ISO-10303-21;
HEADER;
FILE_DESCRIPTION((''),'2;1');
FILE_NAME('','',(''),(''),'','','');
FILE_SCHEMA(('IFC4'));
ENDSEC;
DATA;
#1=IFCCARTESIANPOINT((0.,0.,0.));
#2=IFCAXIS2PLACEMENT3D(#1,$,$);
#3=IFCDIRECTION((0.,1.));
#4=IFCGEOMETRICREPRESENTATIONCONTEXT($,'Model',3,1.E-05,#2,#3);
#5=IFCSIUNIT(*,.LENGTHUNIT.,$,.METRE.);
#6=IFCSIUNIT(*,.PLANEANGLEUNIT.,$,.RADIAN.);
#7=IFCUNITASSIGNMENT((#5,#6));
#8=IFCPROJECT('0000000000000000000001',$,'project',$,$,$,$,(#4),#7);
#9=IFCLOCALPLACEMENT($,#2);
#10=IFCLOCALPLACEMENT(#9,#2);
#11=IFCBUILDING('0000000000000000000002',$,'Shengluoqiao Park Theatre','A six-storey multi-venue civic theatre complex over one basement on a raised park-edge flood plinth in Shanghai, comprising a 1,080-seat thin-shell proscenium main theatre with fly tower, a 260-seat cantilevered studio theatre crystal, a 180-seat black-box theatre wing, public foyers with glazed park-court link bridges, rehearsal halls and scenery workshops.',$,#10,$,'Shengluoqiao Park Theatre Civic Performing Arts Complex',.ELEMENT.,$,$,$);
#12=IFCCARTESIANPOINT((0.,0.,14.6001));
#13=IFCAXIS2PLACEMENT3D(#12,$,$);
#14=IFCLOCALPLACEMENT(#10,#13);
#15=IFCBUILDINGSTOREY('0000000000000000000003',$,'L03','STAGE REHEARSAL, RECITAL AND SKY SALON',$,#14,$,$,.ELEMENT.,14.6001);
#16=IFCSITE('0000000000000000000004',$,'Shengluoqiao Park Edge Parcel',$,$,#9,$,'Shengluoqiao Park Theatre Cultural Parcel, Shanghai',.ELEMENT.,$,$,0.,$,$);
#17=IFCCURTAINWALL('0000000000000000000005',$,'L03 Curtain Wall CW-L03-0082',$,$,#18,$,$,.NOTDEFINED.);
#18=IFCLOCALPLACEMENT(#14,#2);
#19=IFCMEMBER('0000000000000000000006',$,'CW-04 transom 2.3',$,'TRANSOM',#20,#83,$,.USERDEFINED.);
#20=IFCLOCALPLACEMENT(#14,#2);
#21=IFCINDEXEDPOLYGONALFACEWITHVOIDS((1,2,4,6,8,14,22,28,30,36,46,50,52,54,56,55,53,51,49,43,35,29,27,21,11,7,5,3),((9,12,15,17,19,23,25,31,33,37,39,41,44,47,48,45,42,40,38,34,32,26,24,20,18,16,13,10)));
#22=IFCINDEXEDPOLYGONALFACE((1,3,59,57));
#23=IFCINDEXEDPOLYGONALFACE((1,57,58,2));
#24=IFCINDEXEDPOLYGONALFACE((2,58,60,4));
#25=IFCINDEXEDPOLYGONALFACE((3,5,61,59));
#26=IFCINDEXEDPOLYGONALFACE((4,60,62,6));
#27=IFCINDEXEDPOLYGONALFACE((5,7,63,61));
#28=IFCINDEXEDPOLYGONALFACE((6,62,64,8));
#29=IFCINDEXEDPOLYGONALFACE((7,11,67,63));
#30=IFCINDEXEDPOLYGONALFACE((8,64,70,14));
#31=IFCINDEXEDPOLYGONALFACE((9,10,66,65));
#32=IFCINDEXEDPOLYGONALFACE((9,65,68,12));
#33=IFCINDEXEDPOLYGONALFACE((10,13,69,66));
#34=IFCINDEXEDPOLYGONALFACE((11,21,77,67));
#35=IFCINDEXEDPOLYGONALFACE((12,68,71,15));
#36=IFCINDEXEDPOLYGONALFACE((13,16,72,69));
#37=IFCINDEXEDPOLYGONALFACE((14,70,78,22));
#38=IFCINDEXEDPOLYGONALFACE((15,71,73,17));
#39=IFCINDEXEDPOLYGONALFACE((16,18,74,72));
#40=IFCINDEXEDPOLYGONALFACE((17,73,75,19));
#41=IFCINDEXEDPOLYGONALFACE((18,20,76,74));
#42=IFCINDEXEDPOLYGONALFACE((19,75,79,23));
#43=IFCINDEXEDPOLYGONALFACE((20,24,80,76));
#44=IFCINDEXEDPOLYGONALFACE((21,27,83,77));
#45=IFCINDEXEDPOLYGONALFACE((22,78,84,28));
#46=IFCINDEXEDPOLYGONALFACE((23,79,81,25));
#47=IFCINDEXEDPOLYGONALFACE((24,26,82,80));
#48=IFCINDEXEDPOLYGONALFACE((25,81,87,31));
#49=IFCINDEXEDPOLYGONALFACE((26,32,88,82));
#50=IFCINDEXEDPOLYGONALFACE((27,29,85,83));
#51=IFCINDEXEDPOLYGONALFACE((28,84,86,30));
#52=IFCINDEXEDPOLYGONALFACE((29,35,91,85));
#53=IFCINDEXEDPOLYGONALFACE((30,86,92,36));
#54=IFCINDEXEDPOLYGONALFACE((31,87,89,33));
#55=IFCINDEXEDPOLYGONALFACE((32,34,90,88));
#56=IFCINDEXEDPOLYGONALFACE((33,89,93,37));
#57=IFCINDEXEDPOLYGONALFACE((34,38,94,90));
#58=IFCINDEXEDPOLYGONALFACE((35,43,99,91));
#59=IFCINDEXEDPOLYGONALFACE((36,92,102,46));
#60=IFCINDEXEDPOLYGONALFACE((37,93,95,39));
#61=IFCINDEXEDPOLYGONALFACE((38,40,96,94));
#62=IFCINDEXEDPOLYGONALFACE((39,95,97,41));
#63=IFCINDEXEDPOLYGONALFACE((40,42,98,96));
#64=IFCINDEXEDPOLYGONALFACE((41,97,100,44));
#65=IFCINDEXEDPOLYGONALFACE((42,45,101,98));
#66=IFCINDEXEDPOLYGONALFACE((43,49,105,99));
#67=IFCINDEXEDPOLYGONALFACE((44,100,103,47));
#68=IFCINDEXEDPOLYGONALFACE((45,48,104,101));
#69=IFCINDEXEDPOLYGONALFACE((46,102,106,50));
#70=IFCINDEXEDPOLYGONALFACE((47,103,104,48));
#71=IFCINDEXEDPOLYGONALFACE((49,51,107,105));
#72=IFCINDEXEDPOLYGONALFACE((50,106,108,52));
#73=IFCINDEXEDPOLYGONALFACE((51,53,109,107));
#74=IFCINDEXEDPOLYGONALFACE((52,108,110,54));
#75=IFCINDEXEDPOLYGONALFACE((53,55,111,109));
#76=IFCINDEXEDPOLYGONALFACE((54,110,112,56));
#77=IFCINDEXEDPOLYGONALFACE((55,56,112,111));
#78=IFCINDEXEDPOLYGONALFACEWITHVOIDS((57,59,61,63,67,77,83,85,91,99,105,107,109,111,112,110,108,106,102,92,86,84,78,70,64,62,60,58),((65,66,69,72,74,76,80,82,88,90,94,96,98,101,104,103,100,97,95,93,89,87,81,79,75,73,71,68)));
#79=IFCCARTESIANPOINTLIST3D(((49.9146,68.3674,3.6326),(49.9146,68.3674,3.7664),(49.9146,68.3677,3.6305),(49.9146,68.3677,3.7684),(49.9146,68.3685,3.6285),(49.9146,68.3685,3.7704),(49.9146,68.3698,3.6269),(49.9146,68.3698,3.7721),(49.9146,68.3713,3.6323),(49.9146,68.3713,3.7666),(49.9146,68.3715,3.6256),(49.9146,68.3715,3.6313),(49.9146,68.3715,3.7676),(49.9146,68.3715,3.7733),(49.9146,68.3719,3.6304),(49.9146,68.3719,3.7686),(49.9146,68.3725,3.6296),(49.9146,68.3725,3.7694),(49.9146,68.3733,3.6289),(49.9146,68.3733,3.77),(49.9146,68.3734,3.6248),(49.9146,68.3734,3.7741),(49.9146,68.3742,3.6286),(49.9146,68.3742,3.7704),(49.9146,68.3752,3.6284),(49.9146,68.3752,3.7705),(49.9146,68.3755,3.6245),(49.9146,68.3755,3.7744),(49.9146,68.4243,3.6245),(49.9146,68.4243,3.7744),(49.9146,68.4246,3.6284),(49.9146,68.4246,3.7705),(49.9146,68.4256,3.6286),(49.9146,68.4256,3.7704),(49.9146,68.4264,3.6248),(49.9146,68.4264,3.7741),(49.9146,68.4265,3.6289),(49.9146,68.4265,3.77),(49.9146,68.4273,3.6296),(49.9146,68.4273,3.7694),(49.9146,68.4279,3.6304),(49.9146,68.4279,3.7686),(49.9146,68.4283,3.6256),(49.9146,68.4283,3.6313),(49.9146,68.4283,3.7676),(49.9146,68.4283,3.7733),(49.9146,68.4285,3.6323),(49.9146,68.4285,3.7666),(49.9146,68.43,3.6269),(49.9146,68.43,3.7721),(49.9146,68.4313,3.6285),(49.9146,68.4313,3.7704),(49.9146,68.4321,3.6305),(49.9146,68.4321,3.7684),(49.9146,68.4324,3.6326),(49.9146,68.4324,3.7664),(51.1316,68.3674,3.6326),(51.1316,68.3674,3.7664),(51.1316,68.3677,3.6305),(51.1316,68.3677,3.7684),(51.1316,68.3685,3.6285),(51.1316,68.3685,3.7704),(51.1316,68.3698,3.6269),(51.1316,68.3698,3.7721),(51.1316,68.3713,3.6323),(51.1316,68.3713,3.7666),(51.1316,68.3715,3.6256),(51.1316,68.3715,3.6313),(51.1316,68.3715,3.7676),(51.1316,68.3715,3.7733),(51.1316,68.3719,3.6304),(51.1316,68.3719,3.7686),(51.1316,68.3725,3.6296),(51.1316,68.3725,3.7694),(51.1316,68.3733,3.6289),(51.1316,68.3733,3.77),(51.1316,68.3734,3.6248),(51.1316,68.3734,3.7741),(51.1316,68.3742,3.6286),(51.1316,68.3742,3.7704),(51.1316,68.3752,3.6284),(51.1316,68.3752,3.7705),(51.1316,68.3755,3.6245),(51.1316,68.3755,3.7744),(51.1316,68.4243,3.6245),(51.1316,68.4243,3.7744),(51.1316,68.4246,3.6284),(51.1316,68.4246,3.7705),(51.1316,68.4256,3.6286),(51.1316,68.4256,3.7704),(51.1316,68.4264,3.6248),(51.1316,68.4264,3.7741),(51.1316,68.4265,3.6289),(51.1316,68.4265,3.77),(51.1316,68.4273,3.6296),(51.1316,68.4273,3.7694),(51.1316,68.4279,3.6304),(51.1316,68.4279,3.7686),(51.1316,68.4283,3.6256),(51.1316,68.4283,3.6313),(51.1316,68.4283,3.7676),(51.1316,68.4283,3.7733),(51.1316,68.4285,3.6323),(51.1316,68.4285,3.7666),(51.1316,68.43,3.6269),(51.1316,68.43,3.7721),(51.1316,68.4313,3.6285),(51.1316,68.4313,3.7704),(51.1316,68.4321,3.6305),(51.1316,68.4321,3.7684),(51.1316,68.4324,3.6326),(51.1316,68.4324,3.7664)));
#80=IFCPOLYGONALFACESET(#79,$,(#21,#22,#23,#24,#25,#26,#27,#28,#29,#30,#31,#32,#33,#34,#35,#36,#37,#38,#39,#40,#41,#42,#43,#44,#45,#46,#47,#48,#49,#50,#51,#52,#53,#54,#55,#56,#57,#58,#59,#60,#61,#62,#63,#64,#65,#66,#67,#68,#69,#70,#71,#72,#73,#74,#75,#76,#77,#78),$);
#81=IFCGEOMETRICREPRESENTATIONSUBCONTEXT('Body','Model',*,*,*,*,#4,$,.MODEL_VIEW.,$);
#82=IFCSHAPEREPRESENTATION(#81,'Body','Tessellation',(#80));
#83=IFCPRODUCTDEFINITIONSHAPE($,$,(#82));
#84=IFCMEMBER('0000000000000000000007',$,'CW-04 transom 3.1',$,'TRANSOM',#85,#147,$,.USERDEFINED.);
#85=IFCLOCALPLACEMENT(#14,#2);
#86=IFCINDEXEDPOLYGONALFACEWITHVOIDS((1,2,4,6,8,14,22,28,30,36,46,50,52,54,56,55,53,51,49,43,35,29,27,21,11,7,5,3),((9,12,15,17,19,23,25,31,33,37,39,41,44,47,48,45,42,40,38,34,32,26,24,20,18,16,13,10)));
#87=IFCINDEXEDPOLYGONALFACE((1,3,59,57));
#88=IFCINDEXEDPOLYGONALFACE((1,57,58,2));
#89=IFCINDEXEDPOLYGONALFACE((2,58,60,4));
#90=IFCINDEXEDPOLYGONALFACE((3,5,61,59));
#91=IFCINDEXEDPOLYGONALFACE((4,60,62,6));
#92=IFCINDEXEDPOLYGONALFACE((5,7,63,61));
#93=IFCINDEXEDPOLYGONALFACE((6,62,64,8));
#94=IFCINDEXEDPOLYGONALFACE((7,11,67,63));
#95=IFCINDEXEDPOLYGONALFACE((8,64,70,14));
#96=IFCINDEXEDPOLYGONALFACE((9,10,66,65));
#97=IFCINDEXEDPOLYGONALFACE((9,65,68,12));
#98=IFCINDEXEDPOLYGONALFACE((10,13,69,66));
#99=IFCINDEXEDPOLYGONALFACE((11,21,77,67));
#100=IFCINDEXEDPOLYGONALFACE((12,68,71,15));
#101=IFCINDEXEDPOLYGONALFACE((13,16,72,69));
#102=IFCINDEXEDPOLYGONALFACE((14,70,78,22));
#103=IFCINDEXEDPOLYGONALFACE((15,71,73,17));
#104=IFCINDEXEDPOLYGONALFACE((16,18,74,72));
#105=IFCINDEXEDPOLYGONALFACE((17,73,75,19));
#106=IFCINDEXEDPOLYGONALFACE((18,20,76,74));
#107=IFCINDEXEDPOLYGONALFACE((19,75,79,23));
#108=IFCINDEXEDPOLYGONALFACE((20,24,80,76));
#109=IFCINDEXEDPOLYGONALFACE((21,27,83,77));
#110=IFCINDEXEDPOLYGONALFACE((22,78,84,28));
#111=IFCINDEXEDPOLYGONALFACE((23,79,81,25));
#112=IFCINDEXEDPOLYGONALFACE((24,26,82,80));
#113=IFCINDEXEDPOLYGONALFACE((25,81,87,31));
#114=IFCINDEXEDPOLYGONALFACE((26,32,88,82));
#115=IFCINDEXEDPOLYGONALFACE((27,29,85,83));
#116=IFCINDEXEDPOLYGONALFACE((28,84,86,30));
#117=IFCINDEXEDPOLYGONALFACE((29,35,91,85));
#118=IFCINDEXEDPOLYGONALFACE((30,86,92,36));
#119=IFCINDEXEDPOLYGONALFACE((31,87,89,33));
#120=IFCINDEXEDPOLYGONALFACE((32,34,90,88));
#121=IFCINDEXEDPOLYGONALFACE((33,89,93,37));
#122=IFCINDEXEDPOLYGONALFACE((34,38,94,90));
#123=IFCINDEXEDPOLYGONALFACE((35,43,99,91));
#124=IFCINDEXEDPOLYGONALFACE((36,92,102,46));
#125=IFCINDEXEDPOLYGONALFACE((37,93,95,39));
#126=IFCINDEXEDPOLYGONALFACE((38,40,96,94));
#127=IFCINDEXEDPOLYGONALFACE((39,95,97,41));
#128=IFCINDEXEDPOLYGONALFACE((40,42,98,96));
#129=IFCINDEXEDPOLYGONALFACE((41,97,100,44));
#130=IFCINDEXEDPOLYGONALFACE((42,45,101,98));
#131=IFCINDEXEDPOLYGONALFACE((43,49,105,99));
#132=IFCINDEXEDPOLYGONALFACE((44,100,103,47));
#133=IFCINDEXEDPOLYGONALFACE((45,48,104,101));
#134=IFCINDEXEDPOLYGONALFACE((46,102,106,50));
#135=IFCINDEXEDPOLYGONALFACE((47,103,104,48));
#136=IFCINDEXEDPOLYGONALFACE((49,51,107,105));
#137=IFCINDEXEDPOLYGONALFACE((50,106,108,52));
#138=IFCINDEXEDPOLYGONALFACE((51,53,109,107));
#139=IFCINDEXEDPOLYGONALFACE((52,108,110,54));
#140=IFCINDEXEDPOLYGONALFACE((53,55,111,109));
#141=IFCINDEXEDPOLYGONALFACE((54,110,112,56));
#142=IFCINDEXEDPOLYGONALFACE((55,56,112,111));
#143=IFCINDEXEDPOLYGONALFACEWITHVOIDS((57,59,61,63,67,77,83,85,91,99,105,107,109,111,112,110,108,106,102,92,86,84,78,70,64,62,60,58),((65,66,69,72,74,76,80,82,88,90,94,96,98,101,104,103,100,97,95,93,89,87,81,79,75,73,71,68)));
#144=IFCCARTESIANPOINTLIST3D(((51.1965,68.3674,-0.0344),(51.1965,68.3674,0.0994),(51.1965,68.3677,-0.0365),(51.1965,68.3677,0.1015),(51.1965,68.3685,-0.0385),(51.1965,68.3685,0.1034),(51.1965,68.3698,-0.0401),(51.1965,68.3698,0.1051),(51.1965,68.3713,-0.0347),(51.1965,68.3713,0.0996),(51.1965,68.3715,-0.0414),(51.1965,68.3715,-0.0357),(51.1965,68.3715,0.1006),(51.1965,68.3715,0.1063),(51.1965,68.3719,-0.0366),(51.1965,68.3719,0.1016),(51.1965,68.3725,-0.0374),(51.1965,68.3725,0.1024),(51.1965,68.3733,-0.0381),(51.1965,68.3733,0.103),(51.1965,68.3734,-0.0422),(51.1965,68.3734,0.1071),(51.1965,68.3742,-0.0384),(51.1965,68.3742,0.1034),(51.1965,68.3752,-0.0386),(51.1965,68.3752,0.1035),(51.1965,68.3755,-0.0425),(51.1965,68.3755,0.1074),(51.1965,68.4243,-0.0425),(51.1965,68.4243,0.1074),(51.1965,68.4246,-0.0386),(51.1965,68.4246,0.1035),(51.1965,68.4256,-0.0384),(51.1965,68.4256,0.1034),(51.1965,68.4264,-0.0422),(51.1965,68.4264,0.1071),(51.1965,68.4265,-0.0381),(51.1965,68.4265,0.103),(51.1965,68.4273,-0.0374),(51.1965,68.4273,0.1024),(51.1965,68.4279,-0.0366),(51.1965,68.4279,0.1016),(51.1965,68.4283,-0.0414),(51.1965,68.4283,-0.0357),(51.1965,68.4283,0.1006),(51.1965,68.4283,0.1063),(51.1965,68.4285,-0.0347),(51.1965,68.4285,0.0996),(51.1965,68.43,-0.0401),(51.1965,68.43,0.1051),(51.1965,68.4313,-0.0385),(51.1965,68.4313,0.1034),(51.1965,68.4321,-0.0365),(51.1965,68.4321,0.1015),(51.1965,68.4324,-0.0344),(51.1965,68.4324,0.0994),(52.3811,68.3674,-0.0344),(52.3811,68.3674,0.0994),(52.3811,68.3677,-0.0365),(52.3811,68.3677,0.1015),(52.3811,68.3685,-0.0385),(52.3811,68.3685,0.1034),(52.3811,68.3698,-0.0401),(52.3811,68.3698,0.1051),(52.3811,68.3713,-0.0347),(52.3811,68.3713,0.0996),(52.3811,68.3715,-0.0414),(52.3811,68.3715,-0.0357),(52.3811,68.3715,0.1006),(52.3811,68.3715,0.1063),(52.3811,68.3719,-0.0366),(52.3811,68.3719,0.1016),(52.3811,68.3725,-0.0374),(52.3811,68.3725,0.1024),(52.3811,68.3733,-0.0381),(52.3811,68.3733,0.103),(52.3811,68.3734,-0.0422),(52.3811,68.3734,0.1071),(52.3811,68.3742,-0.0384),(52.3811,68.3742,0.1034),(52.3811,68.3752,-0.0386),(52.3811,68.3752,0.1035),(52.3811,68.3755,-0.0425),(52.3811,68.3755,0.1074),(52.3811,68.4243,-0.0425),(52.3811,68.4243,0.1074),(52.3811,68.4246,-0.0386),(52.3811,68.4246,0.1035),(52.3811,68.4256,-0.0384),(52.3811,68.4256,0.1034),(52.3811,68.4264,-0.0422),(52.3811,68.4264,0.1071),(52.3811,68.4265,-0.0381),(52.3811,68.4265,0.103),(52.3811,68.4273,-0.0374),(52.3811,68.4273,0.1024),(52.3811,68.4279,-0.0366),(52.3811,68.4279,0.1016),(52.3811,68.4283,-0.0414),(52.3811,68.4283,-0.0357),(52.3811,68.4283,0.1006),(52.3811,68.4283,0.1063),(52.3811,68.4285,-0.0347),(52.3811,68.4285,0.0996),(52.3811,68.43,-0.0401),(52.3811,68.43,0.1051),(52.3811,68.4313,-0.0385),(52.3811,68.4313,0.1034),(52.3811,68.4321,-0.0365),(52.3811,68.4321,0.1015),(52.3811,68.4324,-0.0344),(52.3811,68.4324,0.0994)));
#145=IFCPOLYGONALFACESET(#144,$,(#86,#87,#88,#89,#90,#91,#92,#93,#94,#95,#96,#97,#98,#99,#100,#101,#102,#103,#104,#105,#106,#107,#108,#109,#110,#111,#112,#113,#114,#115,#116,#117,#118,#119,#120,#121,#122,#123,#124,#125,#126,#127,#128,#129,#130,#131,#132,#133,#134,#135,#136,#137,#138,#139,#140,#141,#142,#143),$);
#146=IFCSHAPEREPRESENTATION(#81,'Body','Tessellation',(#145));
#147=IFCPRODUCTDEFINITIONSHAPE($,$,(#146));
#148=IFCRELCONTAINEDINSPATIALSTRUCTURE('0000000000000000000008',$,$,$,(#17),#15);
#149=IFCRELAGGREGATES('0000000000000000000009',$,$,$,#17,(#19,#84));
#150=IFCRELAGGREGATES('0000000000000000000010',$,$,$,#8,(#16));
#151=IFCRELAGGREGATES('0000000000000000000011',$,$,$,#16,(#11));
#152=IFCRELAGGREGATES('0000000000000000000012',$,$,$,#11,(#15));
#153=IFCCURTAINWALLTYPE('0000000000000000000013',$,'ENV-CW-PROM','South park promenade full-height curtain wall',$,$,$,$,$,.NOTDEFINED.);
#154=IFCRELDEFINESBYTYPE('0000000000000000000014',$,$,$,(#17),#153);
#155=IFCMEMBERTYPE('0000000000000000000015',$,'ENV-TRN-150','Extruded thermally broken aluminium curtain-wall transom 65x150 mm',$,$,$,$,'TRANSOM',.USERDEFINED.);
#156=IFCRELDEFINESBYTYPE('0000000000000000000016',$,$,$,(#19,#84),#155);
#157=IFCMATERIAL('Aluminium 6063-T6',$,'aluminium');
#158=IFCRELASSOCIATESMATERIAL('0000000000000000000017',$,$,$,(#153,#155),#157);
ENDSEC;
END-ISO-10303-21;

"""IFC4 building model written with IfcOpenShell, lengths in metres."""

from ifc_helpers import new_model, si_unit, direction, frame, origin, origin_2d, place, context, subcontext, project, spatial, hollow_rectangle, extrude, material, material_profile, profile_set, type_object, element, aggregate, save


model = new_model("IFC4")

# Units and contexts
model_context = context("Model", 3, precision=1e-05, world=origin(), true_north=direction((0.0, 1.0)))
body_context = subcontext(model_context, "Body", "Model", "MODEL_VIEW")
ifc_project = project(units=[si_unit("LENGTHUNIT", "METRE"), si_unit("PLANEANGLEUNIT", "RADIAN")], contexts=[model_context])

# Site, building, storey
site_placement = place(None, origin())
site = spatial("IfcSite", under=ifc_project, at=site_placement, Name="Shengluoqiao Park Edge Parcel", LongName="Shengluoqiao Park Theatre Cultural Parcel, Shanghai", CompositionType="ELEMENT", RefElevation=0.0)
building_placement = place(site_placement, origin())
building = spatial("IfcBuilding", under=site, at=building_placement, Name="Shengluoqiao Park Theatre", Description="A six-storey multi-venue civic theatre complex over one basement on a raised park-edge flood plinth in Shanghai, comprising a 1,080-seat thin-shell proscenium main theatre with fly tower, a 260-seat cantilevered studio theatre crystal, a 180-seat black-box theatre wing, public foyers with glazed park-court link bridges, rehearsal halls and scenery workshops.", LongName="Shengluoqiao Park Theatre Civic Performing Arts Complex", CompositionType="ELEMENT")
storey_placement = place(building_placement, frame((0.0, 0.0, 14.6001)))
storey = spatial("IfcBuildingStorey", under=building, at=storey_placement, Name="L03", Description="STAGE REHEARSAL, RECITAL AND SKY SALON", CompositionType="ELEMENT", Elevation=14.6001)

# Curtain wall
ifc_material_1 = material(Name="Aluminium 6063-T6", Category="aluminium")
curtain_wall_type = type_object("IfcCurtainWallType", Name="ENV-CW-PROM", Description="South park promenade full-height curtain wall", PredefinedType="NOTDEFINED", material=ifc_material_1)
curtain_wall_1_placement = place(storey_placement, origin())
curtain_wall_1 = element("IfcCurtainWall", 1, at=curtain_wall_1_placement, inside=storey, type_object=curtain_wall_type, Name="L03 Curtain Wall CW-L03-0082", PredefinedType="NOTDEFINED")

# Members
ifc_material_profile_1 = material_profile(ifc_material_1, hollow_rectangle(XDim=0.0649, YDim=0.1499, WallThickness=0.0039, InnerFilletRadius=0.0039, OuterFilletRadius=0.0081, at=origin_2d()), Name="ALU TRANSOM 150x65x4")
ifc_profile_set_1 = profile_set([ifc_material_profile_1], Name="Aluminium 6063-T6")
member_type_1 = type_object("IfcMemberType", Name="ENV-TRN-150", Description="Extruded thermally broken aluminium curtain-wall transom 65x150 mm", ElementType="TRANSOM", PredefinedType="USERDEFINED", material=ifc_profile_set_1)
member_1_placement = place(storey_placement, frame((49.9146, 68.3999, 3.6995), z_axis=(1.0, 0.0, 0.0), x_axis=(0.0, 1.0, 0.0)))
member_1 = element("IfcMember", 2, at=member_1_placement, type_object=member_type_1, Name="CW-04 transom 2.3", ObjectType="TRANSOM", PredefinedType="USERDEFINED", context=body_context, shape_type="SweptSolid", body=[
    extrude(hollow_rectangle(XDim=0.0649, YDim=0.1499, WallThickness=0.0039, InnerFilletRadius=0.0039, OuterFilletRadius=0.0081, at=origin_2d()), origin(), (0.0, 0.0, 1.0), 1.217),
])
member_2_placement = place(storey_placement, frame((51.1965, 68.3999, 0.0325), z_axis=(1.0, 0.0, 0.0), x_axis=(0.0, 1.0, 0.0)))
member_2 = element("IfcMember", 3, at=member_2_placement, type_object=member_type_1, Name="CW-04 transom 3.1", ObjectType="TRANSOM", PredefinedType="USERDEFINED", context=body_context, shape_type="SweptSolid", body=[
    extrude(hollow_rectangle(XDim=0.0649, YDim=0.1499, WallThickness=0.0039, InnerFilletRadius=0.0039, OuterFilletRadius=0.0081, at=origin_2d()), origin(), (0.0, 0.0, 1.0), 1.1846),
])

aggregate(curtain_wall_1, [member_1, member_2])

save(model, "model.ifc")
